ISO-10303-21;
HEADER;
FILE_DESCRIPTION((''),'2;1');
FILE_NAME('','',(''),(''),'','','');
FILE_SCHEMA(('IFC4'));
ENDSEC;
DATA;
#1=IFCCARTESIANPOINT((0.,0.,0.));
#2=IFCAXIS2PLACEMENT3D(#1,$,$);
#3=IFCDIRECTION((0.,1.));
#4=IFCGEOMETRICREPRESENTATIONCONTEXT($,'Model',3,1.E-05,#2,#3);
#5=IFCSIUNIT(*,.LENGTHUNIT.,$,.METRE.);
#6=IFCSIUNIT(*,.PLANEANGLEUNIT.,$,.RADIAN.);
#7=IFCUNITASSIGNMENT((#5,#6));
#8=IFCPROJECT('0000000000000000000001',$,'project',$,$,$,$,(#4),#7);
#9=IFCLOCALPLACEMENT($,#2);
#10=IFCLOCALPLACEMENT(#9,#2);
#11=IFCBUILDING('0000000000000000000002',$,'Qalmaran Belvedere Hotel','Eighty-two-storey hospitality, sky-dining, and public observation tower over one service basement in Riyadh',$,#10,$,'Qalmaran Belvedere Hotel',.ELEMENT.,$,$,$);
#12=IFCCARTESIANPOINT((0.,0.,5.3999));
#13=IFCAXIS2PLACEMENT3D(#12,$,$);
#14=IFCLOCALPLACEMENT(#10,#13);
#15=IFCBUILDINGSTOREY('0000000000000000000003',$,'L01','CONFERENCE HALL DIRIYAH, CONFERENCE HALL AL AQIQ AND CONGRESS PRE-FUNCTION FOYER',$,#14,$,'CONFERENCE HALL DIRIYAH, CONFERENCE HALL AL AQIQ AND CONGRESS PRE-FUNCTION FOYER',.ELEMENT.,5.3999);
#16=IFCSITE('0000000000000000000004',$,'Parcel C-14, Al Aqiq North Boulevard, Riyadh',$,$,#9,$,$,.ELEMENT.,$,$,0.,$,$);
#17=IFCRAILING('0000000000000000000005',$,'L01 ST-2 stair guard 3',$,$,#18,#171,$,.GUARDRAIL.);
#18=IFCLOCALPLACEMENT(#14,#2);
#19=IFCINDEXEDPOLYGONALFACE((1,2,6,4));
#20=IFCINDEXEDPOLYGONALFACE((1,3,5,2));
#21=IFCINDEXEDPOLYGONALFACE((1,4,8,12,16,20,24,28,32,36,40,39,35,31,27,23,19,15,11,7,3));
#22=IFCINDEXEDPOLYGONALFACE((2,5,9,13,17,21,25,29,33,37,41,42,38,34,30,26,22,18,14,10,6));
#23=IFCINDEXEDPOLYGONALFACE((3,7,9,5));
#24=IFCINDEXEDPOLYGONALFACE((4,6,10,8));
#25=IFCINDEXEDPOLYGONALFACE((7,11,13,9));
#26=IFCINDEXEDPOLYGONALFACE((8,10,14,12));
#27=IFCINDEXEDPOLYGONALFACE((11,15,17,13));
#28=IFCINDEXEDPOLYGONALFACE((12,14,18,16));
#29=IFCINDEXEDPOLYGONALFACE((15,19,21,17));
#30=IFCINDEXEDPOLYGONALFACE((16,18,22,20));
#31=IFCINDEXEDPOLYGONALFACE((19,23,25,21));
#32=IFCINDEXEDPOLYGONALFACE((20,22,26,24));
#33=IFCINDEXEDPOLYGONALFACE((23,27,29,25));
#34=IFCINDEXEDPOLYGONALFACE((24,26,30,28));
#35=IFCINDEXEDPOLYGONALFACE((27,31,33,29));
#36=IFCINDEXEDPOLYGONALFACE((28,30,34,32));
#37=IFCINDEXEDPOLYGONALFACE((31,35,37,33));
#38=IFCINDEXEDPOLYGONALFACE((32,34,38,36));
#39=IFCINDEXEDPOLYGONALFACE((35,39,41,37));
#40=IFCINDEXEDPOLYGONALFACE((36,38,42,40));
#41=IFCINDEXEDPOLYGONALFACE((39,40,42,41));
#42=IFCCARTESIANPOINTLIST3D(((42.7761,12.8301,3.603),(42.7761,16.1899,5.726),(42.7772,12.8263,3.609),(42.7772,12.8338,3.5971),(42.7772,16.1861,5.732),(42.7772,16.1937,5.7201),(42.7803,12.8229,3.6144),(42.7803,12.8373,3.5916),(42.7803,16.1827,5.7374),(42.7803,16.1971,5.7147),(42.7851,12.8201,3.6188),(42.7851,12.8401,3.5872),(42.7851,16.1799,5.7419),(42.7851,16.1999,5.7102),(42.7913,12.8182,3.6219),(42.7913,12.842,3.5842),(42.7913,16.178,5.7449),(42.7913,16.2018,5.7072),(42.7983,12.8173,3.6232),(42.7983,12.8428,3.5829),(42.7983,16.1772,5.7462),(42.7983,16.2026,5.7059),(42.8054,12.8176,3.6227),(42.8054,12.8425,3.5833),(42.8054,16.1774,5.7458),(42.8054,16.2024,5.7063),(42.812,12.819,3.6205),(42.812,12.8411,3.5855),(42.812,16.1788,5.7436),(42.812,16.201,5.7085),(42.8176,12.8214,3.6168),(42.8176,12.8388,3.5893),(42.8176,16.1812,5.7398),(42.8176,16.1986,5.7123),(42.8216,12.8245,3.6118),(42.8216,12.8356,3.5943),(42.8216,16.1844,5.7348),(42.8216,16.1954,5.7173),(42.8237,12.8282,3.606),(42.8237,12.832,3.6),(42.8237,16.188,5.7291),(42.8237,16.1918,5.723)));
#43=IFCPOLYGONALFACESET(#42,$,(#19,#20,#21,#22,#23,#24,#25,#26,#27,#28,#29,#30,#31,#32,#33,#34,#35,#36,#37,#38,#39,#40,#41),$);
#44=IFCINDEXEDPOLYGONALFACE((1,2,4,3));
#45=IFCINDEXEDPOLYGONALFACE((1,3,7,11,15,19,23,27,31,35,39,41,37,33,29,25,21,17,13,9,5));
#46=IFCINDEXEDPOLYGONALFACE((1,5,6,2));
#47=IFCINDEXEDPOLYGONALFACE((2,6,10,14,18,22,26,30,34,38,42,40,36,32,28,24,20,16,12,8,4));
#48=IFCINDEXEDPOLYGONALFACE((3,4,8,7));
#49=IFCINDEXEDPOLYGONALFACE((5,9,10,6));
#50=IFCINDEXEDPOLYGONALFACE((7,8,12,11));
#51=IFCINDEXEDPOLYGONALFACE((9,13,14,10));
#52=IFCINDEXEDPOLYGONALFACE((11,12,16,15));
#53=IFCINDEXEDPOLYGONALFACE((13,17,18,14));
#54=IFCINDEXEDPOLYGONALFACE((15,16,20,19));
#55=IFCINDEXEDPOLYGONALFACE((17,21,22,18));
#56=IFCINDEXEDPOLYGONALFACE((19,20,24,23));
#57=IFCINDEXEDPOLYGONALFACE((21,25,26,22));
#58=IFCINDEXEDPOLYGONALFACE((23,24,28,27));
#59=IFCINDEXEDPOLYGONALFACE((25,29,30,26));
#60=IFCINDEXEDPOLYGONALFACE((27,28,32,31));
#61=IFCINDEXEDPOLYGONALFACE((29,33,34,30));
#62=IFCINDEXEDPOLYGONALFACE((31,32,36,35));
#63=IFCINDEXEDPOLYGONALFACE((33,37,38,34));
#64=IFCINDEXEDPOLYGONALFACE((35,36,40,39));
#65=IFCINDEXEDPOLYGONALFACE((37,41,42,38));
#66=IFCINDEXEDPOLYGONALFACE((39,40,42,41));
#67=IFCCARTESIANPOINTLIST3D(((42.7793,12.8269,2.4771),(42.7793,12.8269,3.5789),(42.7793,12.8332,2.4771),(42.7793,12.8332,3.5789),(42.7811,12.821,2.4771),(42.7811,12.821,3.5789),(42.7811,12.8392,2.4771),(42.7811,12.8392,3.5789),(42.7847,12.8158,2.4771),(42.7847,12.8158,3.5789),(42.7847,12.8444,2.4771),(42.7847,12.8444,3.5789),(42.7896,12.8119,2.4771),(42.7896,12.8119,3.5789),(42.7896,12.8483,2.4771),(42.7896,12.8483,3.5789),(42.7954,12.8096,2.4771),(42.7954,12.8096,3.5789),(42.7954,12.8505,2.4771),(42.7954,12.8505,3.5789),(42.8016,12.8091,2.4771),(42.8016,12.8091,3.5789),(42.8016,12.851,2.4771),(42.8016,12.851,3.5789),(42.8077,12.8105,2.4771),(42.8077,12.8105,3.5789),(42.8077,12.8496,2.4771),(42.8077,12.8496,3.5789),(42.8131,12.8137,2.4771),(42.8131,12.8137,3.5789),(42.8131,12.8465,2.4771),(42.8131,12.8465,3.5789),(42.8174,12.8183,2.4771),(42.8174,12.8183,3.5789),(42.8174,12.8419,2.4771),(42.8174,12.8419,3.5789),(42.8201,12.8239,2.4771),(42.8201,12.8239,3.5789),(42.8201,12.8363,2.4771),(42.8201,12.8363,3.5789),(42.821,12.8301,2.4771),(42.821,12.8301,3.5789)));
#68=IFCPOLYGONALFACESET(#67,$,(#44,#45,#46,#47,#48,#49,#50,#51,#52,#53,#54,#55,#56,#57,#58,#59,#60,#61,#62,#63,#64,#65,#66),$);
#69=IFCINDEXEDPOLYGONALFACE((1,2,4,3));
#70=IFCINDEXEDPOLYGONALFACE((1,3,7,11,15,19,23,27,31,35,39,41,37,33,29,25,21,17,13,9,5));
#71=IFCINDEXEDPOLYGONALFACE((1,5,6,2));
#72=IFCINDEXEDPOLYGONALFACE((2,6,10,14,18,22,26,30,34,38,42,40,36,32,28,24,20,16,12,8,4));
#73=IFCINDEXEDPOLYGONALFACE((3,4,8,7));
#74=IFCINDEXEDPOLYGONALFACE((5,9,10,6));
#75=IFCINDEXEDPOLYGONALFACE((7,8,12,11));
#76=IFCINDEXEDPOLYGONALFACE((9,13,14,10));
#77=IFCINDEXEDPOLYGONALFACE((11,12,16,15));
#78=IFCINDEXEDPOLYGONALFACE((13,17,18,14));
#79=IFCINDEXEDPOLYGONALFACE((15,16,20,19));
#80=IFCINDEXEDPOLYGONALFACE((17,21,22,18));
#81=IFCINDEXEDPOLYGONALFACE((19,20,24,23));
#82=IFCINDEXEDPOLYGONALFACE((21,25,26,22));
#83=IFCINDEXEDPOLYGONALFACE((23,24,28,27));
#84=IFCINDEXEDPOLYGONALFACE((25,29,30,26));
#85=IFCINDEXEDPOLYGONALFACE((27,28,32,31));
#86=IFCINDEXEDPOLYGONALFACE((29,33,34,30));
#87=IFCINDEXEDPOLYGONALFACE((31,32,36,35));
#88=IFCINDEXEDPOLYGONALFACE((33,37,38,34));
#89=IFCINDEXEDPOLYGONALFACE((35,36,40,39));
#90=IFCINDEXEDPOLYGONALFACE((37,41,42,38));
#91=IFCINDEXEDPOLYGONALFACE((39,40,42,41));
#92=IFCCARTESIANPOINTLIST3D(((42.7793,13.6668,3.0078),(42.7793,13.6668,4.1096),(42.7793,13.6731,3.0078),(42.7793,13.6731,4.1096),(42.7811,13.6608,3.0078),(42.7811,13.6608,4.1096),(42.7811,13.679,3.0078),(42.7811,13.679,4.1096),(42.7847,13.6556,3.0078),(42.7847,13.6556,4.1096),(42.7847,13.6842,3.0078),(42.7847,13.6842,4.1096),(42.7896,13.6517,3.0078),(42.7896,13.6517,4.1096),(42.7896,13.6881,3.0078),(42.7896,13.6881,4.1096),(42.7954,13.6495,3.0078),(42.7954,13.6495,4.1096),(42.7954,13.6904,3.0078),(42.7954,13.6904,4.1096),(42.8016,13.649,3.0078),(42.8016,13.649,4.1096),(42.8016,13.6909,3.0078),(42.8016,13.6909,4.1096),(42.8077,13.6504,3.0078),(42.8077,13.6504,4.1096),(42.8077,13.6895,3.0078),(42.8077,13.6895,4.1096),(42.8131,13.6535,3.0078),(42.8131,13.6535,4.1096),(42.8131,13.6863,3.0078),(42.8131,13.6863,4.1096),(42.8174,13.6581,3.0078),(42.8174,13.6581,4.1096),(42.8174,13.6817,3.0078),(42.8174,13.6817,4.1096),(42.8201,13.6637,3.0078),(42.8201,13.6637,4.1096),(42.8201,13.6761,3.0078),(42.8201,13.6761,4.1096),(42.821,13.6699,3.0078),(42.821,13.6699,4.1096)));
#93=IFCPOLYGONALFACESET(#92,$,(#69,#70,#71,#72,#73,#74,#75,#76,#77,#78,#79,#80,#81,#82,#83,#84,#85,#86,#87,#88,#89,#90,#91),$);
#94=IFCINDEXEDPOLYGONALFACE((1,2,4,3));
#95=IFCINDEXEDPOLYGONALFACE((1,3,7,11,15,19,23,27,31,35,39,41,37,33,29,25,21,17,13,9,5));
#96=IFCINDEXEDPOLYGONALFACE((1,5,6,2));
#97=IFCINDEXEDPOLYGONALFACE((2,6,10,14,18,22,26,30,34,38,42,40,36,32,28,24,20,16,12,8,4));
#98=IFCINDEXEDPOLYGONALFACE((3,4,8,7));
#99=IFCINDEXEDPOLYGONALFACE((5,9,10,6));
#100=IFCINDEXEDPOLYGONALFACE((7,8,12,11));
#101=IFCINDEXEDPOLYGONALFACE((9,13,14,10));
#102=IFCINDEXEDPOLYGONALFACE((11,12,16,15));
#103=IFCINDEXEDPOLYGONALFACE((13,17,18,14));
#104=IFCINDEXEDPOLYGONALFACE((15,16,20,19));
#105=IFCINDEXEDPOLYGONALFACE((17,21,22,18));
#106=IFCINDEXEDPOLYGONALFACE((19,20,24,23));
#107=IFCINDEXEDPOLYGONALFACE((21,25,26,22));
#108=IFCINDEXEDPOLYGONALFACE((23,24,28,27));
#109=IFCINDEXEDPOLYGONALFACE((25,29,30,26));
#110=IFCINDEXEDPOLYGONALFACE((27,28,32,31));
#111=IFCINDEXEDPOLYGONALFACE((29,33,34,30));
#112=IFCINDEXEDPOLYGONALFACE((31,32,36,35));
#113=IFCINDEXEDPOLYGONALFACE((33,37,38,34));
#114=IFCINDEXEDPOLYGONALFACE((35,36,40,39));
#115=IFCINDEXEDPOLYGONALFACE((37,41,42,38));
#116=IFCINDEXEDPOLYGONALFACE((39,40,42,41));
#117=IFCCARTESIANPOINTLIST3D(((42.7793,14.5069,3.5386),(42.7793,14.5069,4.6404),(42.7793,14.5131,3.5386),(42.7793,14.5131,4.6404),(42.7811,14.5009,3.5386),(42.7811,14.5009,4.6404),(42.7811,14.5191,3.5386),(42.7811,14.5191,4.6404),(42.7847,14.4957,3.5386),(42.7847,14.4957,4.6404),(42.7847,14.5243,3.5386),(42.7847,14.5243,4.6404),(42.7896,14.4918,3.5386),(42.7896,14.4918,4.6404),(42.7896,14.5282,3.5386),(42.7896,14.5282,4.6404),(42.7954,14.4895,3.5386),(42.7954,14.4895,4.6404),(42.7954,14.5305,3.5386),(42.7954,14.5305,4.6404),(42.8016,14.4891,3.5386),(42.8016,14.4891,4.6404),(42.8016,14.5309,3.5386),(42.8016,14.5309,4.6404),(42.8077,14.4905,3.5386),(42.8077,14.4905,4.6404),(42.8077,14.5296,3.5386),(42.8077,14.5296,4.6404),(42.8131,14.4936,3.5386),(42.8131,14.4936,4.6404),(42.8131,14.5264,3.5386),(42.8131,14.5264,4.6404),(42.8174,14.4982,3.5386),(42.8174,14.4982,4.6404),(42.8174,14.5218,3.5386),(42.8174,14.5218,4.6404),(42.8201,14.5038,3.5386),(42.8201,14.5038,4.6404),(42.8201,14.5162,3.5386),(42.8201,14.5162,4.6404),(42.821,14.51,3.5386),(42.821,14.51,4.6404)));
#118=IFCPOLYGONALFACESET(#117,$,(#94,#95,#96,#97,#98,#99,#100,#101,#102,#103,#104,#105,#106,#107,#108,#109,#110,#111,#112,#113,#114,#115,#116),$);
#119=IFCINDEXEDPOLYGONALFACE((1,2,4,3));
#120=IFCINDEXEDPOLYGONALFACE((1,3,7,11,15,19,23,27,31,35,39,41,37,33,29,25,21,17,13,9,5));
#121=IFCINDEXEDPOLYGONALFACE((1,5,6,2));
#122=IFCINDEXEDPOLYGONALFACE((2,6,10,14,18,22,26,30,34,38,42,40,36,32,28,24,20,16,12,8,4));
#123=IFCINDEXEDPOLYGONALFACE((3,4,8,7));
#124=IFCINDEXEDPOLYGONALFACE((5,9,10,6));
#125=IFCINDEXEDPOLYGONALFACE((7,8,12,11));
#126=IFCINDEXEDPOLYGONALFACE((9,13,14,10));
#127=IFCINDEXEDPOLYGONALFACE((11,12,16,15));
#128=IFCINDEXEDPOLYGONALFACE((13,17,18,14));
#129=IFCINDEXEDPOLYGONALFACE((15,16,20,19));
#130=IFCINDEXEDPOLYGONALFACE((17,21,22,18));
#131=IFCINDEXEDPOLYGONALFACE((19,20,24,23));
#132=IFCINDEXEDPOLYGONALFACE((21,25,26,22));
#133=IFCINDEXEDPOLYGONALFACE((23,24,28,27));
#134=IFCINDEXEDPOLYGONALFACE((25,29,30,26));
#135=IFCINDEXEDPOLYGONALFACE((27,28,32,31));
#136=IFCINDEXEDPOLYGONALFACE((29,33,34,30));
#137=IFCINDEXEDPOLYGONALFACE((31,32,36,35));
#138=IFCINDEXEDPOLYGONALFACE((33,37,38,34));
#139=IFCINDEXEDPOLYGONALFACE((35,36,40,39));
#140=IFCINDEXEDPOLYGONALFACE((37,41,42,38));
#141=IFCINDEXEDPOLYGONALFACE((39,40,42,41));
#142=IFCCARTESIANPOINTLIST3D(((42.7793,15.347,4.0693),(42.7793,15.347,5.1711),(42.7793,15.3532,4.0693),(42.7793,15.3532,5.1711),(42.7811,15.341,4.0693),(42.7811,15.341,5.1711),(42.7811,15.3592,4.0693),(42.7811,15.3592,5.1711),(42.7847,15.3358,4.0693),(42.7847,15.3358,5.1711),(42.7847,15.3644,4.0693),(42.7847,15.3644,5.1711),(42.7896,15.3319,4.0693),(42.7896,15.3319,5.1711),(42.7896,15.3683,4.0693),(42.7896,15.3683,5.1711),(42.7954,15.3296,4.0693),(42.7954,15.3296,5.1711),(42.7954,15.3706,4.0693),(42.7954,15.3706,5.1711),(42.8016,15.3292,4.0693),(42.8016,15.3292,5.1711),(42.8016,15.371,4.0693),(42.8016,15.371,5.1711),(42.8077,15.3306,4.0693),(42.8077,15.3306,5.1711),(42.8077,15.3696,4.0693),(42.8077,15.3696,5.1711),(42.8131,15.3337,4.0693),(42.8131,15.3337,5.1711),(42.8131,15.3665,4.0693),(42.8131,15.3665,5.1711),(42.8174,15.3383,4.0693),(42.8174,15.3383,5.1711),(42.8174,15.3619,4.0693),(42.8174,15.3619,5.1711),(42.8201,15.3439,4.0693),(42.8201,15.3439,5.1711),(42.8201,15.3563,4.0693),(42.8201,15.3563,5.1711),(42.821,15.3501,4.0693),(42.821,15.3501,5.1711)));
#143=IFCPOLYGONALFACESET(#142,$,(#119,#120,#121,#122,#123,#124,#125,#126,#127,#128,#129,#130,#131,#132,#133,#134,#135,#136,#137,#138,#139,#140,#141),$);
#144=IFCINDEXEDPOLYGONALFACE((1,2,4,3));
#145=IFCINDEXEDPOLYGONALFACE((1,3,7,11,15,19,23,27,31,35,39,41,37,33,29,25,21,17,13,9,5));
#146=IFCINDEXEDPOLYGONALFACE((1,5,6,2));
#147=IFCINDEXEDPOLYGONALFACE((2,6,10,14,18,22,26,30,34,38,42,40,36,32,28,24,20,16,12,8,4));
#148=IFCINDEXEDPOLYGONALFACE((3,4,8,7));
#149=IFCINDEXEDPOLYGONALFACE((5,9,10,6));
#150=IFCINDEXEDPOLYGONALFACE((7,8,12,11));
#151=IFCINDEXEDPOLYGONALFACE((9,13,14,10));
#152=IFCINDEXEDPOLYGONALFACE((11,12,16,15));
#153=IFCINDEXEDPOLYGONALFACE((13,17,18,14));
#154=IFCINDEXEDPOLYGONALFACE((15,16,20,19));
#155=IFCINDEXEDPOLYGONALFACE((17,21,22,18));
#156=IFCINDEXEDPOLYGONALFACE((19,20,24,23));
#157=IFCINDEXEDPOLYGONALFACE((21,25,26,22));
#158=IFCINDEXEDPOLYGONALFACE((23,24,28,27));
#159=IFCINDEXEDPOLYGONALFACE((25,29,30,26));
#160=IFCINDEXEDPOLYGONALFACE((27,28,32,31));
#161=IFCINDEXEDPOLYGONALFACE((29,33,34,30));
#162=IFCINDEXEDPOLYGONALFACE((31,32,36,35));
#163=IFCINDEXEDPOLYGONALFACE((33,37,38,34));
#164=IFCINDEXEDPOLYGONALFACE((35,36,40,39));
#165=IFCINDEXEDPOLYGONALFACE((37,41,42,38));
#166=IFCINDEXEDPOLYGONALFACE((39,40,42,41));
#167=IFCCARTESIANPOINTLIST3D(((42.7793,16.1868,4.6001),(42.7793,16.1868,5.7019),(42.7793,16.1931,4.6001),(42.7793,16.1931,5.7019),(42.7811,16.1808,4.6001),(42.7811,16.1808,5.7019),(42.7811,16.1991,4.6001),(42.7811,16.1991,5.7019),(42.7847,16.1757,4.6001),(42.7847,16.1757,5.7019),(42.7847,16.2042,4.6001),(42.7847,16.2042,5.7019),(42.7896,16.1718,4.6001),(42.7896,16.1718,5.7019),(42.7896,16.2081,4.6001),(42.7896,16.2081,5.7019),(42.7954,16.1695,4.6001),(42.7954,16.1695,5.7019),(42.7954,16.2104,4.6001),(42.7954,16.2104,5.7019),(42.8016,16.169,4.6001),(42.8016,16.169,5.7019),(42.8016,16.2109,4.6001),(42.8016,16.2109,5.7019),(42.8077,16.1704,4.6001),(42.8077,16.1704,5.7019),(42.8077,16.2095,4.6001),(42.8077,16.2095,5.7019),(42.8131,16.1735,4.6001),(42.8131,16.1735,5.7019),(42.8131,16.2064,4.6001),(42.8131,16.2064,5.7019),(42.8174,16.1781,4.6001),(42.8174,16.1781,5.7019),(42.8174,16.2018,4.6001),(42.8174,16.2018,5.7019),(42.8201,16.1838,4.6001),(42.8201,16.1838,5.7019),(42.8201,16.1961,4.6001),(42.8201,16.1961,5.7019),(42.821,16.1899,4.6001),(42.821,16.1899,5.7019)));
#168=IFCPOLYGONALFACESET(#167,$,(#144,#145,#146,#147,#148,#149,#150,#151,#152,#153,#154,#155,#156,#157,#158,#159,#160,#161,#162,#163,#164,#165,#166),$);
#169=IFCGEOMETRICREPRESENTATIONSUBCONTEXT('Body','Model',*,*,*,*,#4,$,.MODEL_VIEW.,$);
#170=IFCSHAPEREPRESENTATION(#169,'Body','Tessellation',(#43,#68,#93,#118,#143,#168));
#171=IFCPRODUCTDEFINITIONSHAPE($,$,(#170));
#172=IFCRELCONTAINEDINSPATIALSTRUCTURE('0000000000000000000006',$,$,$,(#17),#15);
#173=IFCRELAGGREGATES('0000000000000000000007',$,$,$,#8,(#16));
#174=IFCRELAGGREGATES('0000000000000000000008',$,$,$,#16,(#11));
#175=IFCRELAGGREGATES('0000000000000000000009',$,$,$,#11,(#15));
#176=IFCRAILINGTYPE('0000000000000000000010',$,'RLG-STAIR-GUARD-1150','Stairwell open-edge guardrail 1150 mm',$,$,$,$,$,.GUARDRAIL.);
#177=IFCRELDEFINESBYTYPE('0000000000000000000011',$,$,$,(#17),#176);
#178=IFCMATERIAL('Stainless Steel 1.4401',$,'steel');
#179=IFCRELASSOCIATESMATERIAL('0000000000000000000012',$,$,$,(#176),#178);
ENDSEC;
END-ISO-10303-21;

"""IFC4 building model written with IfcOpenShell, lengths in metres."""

from ifc_helpers import new_model, si_unit, direction, frame, origin, origin_2d, place, context, subcontext, project, spatial, circle, extrude, material, type_object, element, save


model = new_model("IFC4")

# Units and contexts
model_context = context("Model", 3, precision=1e-05, world=origin(), true_north=direction((0.0, 1.0)))
body_context = subcontext(model_context, "Body", "Model", "MODEL_VIEW")
ifc_project = project(units=[si_unit("LENGTHUNIT", "METRE"), si_unit("PLANEANGLEUNIT", "RADIAN")], contexts=[model_context])

# Site, building, storey
site_placement = place(None, origin())
site = spatial("IfcSite", under=ifc_project, at=site_placement, Name="Parcel C-14, Al Aqiq North Boulevard, Riyadh", CompositionType="ELEMENT", RefElevation=0.0)
building_placement = place(site_placement, origin())
building = spatial("IfcBuilding", under=site, at=building_placement, Name="Qalmaran Belvedere Hotel", Description="Eighty-two-storey hospitality, sky-dining, and public observation tower over one service basement in Riyadh", LongName="Qalmaran Belvedere Hotel", CompositionType="ELEMENT")
storey_placement = place(building_placement, frame((0.0, 0.0, 5.3999)))
storey = spatial("IfcBuildingStorey", under=building, at=storey_placement, Name="L01", Description="CONFERENCE HALL DIRIYAH, CONFERENCE HALL AL AQIQ AND CONGRESS PRE-FUNCTION FOYER", LongName="CONFERENCE HALL DIRIYAH, CONFERENCE HALL AL AQIQ AND CONGRESS PRE-FUNCTION FOYER", CompositionType="ELEMENT", Elevation=5.3999)

# Shared definitions
ifc_material_1 = material(Name="Stainless Steel 1.4401", Category="steel")

# Railing
railing_type_1 = type_object("IfcRailingType", Name="RLG-STAIR-GUARD-1150", Description="Stairwell open-edge guardrail 1150 mm", PredefinedType="GUARDRAIL", material=ifc_material_1)
railing_1_placement = place(storey_placement, frame((42.8, 12.8301, 2.4771)))
element("IfcRailing", 1, at=railing_1_placement, inside=storey, type_object=railing_type_1, Name="L01 ST-2 stair guard 3", PredefinedType="GUARDRAIL", context=body_context, shape_type="SweptSolid", body=[
    extrude(circle(Radius=0.0239, at=origin_2d()), frame((0.0, 0.0, 1.126), z_axis=(0.0, 0.845372, 0.534178), x_axis=(-1.0, 0.0, 0.0)), (0.0, 0.0, 1.0), 3.9744),
    extrude(circle(Radius=0.021, at=origin_2d()), origin(), (0.0, 0.0, 1.0), 1.1018),
    extrude(circle(Radius=0.021, at=origin_2d()), frame((0.0, 0.8398, 0.5308)), (0.0, 0.0, 1.0), 1.1018),
    extrude(circle(Radius=0.021, at=origin_2d()), frame((0.0, 1.6799, 1.0615)), (0.0, 0.0, 1.0), 1.1018),
    extrude(circle(Radius=0.021, at=origin_2d()), frame((0.0, 2.52, 1.5923)), (0.0, 0.0, 1.0), 1.1018),
    extrude(circle(Radius=0.021, at=origin_2d()), frame((0.0, 3.3599, 2.123)), (0.0, 0.0, 1.0), 1.1018),
])

save(model, "model.ifc")
